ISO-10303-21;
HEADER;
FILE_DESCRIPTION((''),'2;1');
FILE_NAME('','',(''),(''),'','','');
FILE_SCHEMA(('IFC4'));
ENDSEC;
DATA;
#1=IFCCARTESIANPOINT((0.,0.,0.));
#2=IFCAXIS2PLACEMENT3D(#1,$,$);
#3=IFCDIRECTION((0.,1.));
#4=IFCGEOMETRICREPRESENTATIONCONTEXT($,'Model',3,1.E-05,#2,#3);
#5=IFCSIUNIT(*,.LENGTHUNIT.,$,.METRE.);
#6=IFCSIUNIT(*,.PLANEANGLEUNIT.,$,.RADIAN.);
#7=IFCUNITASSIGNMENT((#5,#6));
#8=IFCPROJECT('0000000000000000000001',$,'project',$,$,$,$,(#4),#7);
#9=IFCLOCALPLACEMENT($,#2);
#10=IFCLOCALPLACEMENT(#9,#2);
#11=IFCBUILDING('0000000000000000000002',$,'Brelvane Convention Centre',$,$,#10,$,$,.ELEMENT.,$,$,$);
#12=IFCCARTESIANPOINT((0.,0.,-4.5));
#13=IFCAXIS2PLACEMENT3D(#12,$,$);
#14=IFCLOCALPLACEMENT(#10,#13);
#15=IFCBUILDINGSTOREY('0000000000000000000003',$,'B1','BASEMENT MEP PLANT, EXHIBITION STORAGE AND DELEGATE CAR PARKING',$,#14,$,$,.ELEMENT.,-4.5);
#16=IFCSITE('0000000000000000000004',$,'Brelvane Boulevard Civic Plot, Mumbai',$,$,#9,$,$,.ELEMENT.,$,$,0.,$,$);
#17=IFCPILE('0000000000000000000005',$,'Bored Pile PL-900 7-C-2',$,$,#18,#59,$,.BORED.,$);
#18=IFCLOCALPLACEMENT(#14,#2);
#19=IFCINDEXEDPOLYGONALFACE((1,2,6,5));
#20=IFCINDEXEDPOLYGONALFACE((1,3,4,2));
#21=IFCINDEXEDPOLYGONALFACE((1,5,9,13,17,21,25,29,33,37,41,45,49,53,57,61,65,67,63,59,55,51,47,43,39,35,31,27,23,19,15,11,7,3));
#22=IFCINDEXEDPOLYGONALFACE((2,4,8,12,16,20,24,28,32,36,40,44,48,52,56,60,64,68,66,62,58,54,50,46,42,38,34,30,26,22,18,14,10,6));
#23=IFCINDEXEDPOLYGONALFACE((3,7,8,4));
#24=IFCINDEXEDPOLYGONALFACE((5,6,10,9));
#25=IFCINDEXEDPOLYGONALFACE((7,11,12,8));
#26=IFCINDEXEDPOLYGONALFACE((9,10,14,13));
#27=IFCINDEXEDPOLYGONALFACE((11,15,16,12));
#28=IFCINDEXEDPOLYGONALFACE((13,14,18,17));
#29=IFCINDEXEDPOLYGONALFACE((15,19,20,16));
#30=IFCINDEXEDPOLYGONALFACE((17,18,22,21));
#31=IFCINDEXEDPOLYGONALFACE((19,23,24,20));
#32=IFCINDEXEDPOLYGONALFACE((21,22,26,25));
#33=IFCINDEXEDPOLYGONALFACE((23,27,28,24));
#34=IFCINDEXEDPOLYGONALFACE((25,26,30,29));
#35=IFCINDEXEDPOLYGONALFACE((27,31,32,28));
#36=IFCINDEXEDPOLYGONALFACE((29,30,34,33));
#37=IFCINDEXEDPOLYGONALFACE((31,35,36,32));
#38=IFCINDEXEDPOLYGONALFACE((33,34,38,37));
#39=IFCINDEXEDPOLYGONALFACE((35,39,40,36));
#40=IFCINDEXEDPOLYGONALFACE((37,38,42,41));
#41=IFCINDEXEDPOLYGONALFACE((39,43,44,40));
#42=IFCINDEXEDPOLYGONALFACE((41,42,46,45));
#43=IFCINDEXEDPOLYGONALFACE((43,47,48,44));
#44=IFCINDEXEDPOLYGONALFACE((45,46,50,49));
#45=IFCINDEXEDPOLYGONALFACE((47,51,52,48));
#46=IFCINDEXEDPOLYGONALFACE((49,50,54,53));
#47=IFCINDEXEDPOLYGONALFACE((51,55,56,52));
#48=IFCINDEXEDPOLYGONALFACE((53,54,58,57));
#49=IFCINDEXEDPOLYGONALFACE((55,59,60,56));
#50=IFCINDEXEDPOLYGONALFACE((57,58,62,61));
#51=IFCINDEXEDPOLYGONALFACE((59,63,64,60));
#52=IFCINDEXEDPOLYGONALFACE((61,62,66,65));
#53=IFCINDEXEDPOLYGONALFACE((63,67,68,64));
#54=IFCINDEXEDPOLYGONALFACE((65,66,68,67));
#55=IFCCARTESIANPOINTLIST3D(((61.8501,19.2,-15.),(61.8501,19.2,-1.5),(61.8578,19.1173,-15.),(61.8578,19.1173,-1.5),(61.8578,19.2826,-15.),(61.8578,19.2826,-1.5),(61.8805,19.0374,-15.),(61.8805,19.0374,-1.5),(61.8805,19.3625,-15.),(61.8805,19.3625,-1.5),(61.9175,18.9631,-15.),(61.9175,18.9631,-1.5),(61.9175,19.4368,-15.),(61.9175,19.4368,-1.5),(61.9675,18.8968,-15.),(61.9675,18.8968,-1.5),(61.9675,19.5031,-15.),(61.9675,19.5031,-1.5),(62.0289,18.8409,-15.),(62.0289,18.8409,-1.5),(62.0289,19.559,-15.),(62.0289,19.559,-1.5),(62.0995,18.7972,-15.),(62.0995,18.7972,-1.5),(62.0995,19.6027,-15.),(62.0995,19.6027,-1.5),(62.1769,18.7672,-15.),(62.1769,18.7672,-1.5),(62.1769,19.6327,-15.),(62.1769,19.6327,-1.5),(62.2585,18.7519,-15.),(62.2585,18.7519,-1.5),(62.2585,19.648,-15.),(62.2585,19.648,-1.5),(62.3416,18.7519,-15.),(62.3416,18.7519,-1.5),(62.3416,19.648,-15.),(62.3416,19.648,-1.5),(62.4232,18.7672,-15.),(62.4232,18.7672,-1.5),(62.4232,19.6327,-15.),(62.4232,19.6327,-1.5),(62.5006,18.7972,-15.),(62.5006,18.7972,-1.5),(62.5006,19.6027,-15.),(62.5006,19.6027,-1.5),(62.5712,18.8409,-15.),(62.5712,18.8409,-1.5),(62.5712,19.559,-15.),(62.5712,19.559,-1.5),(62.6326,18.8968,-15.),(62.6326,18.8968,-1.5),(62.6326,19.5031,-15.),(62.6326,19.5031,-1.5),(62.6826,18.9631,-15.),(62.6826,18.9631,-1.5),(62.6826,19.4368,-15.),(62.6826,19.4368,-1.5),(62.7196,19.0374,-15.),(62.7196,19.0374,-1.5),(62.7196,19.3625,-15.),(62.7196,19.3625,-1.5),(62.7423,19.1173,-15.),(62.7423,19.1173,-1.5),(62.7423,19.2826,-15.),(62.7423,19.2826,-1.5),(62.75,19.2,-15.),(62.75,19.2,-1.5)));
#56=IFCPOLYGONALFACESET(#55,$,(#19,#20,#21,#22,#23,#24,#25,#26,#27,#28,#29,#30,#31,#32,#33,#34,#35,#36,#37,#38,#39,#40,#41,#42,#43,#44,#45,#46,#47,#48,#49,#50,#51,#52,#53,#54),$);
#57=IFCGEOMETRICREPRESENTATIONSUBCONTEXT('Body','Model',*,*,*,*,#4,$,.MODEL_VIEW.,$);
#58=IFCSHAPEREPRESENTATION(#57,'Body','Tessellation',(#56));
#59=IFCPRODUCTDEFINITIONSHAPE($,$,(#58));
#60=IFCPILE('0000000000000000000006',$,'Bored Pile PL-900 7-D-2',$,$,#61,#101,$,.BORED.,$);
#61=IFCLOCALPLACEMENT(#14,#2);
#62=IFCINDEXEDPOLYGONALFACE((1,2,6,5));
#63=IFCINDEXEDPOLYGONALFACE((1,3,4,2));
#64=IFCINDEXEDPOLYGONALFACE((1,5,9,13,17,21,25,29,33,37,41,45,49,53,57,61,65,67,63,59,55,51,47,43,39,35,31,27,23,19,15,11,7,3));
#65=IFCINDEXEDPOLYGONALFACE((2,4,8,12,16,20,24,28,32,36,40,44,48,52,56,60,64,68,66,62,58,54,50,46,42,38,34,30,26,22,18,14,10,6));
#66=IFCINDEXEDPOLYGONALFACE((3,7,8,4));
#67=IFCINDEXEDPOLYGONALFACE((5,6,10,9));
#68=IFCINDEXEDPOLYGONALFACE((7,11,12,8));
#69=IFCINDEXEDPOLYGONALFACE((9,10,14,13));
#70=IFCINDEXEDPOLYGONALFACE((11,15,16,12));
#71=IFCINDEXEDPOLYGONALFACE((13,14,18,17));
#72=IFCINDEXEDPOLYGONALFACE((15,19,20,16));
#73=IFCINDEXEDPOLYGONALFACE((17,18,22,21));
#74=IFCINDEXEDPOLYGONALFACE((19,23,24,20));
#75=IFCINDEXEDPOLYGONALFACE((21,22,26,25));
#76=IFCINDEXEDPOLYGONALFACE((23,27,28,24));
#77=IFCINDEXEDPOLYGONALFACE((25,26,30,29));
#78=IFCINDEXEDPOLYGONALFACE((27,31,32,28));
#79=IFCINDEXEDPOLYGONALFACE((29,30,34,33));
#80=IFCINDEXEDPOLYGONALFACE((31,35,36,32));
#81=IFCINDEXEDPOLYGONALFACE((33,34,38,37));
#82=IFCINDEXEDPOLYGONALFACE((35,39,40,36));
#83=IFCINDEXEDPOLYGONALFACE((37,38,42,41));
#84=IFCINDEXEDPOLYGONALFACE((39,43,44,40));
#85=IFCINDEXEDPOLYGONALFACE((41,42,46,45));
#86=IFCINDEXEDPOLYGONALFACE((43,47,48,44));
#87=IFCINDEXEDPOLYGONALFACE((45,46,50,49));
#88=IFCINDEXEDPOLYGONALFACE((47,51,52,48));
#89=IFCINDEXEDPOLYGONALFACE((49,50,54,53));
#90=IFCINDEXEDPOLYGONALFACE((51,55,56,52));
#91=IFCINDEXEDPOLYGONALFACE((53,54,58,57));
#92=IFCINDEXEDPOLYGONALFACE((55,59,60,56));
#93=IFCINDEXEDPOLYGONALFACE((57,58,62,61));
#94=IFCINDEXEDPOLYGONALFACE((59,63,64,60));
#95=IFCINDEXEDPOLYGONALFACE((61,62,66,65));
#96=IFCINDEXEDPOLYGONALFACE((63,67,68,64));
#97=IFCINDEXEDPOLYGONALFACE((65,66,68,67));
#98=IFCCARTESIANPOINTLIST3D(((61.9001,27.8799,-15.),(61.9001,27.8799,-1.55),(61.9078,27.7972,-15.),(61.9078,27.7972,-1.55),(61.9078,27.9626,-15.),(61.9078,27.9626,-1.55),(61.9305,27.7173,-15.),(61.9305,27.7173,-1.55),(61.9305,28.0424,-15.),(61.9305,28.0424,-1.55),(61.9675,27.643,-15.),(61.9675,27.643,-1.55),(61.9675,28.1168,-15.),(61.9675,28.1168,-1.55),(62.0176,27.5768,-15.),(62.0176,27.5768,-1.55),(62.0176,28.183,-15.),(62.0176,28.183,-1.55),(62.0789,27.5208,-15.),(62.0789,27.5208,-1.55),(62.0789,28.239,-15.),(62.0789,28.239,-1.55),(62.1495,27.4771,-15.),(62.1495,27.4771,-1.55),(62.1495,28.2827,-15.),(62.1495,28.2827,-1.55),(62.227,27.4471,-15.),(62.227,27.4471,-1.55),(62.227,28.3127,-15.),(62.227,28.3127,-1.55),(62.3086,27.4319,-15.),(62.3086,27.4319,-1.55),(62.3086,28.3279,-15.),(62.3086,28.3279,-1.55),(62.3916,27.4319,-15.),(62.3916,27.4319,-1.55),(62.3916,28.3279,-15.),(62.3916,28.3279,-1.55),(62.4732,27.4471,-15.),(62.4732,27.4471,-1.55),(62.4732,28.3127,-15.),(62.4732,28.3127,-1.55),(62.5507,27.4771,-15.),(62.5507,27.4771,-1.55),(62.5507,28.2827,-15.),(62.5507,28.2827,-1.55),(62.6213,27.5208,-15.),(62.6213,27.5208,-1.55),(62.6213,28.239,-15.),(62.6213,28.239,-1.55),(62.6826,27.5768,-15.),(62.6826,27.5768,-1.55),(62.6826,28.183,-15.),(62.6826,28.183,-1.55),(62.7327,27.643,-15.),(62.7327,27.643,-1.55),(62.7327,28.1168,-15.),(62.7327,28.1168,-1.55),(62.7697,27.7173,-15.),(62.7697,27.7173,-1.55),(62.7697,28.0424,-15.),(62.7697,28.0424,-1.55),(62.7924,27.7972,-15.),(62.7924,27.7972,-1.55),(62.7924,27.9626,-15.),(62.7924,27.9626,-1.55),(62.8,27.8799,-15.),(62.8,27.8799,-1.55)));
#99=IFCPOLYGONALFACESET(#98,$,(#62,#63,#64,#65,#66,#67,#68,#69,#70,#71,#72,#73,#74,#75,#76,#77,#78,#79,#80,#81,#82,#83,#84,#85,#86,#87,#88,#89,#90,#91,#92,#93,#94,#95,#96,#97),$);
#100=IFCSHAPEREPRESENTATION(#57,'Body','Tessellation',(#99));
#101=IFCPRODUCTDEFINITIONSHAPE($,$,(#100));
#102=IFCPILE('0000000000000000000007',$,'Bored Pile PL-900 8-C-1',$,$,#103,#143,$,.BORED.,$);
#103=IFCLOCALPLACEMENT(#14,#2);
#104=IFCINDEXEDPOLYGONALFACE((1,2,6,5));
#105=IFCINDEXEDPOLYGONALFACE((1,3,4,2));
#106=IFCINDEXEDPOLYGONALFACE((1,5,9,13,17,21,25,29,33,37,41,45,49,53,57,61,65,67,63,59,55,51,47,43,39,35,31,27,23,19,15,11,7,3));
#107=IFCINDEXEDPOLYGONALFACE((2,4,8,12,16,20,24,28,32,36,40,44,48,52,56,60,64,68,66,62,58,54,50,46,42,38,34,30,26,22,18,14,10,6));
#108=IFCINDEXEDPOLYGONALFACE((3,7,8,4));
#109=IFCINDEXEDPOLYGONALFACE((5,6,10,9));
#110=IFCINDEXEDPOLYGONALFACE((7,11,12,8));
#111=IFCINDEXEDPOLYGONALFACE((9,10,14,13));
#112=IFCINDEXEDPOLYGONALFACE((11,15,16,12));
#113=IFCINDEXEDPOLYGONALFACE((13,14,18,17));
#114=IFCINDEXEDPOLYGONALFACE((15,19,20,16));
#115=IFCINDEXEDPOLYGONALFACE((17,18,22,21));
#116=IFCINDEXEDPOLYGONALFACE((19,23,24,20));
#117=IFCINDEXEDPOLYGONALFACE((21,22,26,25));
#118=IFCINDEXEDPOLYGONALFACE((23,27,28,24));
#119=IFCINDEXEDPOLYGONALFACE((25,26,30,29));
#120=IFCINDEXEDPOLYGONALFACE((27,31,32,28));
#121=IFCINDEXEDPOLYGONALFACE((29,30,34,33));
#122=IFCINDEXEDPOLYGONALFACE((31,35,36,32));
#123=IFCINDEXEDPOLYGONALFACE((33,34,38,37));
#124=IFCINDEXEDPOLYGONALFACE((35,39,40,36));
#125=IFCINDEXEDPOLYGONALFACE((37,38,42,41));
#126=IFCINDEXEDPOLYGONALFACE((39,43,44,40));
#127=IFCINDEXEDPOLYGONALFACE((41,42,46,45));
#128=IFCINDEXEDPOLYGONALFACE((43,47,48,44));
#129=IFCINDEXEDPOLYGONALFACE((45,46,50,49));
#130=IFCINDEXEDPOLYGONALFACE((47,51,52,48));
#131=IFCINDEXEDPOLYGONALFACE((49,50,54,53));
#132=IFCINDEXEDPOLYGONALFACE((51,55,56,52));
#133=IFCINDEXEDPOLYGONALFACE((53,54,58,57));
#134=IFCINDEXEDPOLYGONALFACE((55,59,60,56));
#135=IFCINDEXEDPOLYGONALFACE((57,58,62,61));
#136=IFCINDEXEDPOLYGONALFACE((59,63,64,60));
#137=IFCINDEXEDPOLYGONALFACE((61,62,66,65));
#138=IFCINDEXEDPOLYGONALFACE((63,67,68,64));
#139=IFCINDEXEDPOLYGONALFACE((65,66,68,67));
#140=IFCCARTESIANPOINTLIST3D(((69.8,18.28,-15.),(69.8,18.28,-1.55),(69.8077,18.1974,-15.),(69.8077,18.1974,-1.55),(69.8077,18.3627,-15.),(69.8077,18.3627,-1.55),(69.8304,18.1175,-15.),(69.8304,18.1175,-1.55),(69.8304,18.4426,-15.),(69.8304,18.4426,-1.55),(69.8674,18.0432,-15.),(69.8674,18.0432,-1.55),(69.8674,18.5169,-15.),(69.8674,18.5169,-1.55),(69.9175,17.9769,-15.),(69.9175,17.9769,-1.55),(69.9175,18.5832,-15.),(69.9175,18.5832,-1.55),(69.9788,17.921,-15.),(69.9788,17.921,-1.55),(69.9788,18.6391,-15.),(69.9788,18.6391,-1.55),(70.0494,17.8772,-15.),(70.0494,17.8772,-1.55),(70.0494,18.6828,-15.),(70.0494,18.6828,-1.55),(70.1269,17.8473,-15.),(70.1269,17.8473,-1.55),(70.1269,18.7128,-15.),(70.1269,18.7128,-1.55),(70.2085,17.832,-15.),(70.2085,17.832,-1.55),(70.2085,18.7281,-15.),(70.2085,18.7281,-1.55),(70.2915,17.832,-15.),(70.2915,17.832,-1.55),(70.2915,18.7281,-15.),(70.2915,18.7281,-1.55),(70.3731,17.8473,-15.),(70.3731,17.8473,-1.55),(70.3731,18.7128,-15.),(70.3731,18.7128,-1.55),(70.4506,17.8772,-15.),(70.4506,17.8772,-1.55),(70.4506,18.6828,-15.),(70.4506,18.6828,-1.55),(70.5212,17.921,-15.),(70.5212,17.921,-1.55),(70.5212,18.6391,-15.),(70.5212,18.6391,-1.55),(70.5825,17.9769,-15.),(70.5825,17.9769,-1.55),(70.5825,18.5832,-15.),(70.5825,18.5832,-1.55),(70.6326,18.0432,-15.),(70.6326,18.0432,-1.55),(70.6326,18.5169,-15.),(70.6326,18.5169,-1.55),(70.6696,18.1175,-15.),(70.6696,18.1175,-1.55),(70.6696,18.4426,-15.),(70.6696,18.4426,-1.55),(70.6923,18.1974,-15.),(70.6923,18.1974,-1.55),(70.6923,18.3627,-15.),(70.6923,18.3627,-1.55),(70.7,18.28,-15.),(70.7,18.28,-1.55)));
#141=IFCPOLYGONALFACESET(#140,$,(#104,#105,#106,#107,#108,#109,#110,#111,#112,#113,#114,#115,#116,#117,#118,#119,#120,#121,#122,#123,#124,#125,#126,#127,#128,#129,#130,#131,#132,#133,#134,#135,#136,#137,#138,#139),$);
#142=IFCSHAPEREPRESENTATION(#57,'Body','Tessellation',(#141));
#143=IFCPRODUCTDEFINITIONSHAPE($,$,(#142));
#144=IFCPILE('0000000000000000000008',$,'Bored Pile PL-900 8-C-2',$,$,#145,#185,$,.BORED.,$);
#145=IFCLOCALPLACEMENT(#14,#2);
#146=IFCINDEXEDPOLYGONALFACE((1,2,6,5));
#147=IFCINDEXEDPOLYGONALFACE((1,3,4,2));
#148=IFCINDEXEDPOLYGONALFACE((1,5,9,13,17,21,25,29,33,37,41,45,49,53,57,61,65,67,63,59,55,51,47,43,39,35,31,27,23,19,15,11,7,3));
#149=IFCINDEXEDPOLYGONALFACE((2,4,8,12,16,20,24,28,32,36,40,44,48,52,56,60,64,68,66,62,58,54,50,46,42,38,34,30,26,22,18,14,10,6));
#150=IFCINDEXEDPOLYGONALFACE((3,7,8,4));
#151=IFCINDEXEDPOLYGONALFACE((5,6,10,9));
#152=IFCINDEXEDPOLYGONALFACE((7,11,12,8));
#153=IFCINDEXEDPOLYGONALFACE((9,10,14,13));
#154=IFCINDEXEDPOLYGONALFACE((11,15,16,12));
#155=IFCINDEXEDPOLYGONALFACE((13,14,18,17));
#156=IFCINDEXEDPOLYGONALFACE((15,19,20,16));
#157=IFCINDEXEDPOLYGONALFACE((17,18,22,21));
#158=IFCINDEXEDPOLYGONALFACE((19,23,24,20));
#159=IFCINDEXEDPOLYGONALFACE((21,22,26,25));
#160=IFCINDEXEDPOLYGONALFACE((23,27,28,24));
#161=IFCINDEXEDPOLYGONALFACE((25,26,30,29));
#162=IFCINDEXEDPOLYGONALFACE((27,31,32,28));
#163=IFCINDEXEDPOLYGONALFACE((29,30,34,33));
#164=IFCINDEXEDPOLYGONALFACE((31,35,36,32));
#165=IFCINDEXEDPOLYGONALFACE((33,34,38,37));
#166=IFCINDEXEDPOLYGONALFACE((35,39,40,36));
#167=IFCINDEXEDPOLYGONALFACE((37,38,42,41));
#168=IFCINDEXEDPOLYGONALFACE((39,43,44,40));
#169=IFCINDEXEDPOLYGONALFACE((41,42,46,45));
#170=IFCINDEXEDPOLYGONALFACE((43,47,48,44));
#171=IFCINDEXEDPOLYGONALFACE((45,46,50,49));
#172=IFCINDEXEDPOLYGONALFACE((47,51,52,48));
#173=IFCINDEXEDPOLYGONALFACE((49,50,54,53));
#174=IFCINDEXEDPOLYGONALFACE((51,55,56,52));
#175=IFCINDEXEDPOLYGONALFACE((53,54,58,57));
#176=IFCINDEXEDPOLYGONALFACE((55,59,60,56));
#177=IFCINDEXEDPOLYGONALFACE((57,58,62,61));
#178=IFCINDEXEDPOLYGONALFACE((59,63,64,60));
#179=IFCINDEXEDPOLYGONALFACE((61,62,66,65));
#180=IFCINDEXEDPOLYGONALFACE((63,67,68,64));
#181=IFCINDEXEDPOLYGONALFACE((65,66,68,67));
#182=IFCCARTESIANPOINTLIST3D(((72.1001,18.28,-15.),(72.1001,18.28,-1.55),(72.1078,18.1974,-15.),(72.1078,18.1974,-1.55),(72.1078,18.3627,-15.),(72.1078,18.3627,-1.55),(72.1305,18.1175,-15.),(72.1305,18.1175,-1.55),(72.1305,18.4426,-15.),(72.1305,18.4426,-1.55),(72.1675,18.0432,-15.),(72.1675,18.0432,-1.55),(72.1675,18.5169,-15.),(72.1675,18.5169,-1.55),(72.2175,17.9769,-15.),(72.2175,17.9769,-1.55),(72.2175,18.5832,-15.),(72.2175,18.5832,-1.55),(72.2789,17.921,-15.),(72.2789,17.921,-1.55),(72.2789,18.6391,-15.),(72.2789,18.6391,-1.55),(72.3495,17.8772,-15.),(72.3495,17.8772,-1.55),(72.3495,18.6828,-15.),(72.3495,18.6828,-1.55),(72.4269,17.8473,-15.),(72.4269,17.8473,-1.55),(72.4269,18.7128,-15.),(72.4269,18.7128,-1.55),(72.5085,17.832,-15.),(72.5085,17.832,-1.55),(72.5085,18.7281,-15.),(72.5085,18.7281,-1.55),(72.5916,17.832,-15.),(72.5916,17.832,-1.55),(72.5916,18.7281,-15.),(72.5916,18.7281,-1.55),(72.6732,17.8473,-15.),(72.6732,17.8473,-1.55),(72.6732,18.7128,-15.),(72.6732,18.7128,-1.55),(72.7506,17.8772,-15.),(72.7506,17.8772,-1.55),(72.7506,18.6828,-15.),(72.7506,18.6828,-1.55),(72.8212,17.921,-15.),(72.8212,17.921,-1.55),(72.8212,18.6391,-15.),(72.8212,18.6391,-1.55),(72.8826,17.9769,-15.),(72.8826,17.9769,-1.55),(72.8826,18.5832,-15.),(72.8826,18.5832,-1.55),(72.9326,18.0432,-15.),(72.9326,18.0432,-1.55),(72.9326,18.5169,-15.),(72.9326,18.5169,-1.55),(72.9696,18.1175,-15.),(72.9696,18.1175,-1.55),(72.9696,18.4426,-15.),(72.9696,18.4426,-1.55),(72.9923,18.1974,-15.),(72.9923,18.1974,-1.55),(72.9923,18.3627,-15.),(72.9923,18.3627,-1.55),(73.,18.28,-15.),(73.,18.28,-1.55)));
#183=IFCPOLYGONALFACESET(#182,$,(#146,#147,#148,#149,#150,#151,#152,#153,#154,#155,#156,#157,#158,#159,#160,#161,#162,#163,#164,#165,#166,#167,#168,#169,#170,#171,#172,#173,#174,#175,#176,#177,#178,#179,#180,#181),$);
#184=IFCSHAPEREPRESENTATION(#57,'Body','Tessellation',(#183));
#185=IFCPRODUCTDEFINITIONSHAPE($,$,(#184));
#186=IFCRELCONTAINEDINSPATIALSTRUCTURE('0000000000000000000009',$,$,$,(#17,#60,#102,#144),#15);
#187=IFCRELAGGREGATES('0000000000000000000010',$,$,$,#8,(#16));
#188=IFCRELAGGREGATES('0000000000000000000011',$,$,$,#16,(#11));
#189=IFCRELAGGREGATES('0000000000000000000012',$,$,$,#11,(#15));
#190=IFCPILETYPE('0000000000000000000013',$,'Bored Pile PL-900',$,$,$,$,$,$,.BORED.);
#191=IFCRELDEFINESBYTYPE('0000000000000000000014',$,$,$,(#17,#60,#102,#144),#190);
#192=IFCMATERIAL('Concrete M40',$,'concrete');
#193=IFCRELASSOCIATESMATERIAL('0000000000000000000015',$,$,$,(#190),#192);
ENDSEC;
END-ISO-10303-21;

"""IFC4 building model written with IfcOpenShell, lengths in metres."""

from ifc_helpers import new_model, si_unit, direction, frame, origin, origin_2d, place, context, subcontext, project, spatial, circle, extrude, material, material_profile, profile_set, type_object, element, save


model = new_model("IFC4")

# Units and contexts
model_context = context("Model", 3, precision=1e-05, world=origin(), true_north=direction((0.0, 1.0)))
body_context = subcontext(model_context, "Body", "Model", "MODEL_VIEW")
ifc_project = project(units=[si_unit("LENGTHUNIT", "METRE"), si_unit("PLANEANGLEUNIT", "RADIAN")], contexts=[model_context])

# Site, building, storey
site_placement = place(None, origin())
site = spatial("IfcSite", under=ifc_project, at=site_placement, Name="Brelvane Boulevard Civic Plot, Mumbai", CompositionType="ELEMENT", RefElevation=0.0)
building_placement = place(site_placement, origin())
building = spatial("IfcBuilding", under=site, at=building_placement, Name="Brelvane Convention Centre", CompositionType="ELEMENT")
storey_placement = place(building_placement, frame((0.0, 0.0, -4.5)))
storey = spatial("IfcBuildingStorey", under=building, at=storey_placement, Name="B1", Description="BASEMENT MEP PLANT, EXHIBITION STORAGE AND DELEGATE CAR PARKING", CompositionType="ELEMENT", Elevation=-4.5)

# Piles
ifc_material_1 = material(Name="Concrete M40", Category="concrete")
ifc_material_profile_1 = material_profile(ifc_material_1, circle(Radius=0.45, at=origin_2d()), Name="PILE D900")
ifc_profile_set_1 = profile_set([ifc_material_profile_1], Name="Concrete M40")
pile_type = type_object("IfcPileType", Name="Bored Pile PL-900", PredefinedType="BORED", material=ifc_profile_set_1)
pile_placement = place(storey_placement, frame((62.3, 19.2, -1.5), z_axis=(0.0, 0.0, -1.0), x_axis=(1.0, 0.0, 0.0)))
element("IfcPile", 1, at=pile_placement, inside=storey, type_object=pile_type, Name="Bored Pile PL-900 7-C-2", PredefinedType="BORED", context=body_context, shape_type="SweptSolid", body=[
    extrude(circle(Radius=0.45, at=origin_2d()), origin(), (0.0, 0.0, 1.0), 13.5),
])
for number, where, z_axis, x_axis, name in (
    (2, (62.3501, 27.8799, -1.55), (0.0, 0.0, -1.0), (1.0, 0.0, 0.0), "Bored Pile PL-900 7-D-2"),
    (3, (70.25, 18.28, -1.55), (0.0, 0.0, -1.0), (1.0, 0.0, 0.0), "Bored Pile PL-900 8-C-1"),
    (4, (72.55, 18.28, -1.55), (0.0, 0.0, -1.0), (1.0, 0.0, 0.0), "Bored Pile PL-900 8-C-2"),
):
    element("IfcPile", number, at=place(storey_placement, frame(where, z_axis=z_axis, x_axis=x_axis)), inside=storey, type_object=pile_type, Name=name, PredefinedType="BORED", context=body_context, shape_type="SweptSolid", body=[
        extrude(circle(Radius=0.45, at=origin_2d()), origin(), (0.0, 0.0, 1.0), 13.45),
    ])

save(model, "model.ifc")
